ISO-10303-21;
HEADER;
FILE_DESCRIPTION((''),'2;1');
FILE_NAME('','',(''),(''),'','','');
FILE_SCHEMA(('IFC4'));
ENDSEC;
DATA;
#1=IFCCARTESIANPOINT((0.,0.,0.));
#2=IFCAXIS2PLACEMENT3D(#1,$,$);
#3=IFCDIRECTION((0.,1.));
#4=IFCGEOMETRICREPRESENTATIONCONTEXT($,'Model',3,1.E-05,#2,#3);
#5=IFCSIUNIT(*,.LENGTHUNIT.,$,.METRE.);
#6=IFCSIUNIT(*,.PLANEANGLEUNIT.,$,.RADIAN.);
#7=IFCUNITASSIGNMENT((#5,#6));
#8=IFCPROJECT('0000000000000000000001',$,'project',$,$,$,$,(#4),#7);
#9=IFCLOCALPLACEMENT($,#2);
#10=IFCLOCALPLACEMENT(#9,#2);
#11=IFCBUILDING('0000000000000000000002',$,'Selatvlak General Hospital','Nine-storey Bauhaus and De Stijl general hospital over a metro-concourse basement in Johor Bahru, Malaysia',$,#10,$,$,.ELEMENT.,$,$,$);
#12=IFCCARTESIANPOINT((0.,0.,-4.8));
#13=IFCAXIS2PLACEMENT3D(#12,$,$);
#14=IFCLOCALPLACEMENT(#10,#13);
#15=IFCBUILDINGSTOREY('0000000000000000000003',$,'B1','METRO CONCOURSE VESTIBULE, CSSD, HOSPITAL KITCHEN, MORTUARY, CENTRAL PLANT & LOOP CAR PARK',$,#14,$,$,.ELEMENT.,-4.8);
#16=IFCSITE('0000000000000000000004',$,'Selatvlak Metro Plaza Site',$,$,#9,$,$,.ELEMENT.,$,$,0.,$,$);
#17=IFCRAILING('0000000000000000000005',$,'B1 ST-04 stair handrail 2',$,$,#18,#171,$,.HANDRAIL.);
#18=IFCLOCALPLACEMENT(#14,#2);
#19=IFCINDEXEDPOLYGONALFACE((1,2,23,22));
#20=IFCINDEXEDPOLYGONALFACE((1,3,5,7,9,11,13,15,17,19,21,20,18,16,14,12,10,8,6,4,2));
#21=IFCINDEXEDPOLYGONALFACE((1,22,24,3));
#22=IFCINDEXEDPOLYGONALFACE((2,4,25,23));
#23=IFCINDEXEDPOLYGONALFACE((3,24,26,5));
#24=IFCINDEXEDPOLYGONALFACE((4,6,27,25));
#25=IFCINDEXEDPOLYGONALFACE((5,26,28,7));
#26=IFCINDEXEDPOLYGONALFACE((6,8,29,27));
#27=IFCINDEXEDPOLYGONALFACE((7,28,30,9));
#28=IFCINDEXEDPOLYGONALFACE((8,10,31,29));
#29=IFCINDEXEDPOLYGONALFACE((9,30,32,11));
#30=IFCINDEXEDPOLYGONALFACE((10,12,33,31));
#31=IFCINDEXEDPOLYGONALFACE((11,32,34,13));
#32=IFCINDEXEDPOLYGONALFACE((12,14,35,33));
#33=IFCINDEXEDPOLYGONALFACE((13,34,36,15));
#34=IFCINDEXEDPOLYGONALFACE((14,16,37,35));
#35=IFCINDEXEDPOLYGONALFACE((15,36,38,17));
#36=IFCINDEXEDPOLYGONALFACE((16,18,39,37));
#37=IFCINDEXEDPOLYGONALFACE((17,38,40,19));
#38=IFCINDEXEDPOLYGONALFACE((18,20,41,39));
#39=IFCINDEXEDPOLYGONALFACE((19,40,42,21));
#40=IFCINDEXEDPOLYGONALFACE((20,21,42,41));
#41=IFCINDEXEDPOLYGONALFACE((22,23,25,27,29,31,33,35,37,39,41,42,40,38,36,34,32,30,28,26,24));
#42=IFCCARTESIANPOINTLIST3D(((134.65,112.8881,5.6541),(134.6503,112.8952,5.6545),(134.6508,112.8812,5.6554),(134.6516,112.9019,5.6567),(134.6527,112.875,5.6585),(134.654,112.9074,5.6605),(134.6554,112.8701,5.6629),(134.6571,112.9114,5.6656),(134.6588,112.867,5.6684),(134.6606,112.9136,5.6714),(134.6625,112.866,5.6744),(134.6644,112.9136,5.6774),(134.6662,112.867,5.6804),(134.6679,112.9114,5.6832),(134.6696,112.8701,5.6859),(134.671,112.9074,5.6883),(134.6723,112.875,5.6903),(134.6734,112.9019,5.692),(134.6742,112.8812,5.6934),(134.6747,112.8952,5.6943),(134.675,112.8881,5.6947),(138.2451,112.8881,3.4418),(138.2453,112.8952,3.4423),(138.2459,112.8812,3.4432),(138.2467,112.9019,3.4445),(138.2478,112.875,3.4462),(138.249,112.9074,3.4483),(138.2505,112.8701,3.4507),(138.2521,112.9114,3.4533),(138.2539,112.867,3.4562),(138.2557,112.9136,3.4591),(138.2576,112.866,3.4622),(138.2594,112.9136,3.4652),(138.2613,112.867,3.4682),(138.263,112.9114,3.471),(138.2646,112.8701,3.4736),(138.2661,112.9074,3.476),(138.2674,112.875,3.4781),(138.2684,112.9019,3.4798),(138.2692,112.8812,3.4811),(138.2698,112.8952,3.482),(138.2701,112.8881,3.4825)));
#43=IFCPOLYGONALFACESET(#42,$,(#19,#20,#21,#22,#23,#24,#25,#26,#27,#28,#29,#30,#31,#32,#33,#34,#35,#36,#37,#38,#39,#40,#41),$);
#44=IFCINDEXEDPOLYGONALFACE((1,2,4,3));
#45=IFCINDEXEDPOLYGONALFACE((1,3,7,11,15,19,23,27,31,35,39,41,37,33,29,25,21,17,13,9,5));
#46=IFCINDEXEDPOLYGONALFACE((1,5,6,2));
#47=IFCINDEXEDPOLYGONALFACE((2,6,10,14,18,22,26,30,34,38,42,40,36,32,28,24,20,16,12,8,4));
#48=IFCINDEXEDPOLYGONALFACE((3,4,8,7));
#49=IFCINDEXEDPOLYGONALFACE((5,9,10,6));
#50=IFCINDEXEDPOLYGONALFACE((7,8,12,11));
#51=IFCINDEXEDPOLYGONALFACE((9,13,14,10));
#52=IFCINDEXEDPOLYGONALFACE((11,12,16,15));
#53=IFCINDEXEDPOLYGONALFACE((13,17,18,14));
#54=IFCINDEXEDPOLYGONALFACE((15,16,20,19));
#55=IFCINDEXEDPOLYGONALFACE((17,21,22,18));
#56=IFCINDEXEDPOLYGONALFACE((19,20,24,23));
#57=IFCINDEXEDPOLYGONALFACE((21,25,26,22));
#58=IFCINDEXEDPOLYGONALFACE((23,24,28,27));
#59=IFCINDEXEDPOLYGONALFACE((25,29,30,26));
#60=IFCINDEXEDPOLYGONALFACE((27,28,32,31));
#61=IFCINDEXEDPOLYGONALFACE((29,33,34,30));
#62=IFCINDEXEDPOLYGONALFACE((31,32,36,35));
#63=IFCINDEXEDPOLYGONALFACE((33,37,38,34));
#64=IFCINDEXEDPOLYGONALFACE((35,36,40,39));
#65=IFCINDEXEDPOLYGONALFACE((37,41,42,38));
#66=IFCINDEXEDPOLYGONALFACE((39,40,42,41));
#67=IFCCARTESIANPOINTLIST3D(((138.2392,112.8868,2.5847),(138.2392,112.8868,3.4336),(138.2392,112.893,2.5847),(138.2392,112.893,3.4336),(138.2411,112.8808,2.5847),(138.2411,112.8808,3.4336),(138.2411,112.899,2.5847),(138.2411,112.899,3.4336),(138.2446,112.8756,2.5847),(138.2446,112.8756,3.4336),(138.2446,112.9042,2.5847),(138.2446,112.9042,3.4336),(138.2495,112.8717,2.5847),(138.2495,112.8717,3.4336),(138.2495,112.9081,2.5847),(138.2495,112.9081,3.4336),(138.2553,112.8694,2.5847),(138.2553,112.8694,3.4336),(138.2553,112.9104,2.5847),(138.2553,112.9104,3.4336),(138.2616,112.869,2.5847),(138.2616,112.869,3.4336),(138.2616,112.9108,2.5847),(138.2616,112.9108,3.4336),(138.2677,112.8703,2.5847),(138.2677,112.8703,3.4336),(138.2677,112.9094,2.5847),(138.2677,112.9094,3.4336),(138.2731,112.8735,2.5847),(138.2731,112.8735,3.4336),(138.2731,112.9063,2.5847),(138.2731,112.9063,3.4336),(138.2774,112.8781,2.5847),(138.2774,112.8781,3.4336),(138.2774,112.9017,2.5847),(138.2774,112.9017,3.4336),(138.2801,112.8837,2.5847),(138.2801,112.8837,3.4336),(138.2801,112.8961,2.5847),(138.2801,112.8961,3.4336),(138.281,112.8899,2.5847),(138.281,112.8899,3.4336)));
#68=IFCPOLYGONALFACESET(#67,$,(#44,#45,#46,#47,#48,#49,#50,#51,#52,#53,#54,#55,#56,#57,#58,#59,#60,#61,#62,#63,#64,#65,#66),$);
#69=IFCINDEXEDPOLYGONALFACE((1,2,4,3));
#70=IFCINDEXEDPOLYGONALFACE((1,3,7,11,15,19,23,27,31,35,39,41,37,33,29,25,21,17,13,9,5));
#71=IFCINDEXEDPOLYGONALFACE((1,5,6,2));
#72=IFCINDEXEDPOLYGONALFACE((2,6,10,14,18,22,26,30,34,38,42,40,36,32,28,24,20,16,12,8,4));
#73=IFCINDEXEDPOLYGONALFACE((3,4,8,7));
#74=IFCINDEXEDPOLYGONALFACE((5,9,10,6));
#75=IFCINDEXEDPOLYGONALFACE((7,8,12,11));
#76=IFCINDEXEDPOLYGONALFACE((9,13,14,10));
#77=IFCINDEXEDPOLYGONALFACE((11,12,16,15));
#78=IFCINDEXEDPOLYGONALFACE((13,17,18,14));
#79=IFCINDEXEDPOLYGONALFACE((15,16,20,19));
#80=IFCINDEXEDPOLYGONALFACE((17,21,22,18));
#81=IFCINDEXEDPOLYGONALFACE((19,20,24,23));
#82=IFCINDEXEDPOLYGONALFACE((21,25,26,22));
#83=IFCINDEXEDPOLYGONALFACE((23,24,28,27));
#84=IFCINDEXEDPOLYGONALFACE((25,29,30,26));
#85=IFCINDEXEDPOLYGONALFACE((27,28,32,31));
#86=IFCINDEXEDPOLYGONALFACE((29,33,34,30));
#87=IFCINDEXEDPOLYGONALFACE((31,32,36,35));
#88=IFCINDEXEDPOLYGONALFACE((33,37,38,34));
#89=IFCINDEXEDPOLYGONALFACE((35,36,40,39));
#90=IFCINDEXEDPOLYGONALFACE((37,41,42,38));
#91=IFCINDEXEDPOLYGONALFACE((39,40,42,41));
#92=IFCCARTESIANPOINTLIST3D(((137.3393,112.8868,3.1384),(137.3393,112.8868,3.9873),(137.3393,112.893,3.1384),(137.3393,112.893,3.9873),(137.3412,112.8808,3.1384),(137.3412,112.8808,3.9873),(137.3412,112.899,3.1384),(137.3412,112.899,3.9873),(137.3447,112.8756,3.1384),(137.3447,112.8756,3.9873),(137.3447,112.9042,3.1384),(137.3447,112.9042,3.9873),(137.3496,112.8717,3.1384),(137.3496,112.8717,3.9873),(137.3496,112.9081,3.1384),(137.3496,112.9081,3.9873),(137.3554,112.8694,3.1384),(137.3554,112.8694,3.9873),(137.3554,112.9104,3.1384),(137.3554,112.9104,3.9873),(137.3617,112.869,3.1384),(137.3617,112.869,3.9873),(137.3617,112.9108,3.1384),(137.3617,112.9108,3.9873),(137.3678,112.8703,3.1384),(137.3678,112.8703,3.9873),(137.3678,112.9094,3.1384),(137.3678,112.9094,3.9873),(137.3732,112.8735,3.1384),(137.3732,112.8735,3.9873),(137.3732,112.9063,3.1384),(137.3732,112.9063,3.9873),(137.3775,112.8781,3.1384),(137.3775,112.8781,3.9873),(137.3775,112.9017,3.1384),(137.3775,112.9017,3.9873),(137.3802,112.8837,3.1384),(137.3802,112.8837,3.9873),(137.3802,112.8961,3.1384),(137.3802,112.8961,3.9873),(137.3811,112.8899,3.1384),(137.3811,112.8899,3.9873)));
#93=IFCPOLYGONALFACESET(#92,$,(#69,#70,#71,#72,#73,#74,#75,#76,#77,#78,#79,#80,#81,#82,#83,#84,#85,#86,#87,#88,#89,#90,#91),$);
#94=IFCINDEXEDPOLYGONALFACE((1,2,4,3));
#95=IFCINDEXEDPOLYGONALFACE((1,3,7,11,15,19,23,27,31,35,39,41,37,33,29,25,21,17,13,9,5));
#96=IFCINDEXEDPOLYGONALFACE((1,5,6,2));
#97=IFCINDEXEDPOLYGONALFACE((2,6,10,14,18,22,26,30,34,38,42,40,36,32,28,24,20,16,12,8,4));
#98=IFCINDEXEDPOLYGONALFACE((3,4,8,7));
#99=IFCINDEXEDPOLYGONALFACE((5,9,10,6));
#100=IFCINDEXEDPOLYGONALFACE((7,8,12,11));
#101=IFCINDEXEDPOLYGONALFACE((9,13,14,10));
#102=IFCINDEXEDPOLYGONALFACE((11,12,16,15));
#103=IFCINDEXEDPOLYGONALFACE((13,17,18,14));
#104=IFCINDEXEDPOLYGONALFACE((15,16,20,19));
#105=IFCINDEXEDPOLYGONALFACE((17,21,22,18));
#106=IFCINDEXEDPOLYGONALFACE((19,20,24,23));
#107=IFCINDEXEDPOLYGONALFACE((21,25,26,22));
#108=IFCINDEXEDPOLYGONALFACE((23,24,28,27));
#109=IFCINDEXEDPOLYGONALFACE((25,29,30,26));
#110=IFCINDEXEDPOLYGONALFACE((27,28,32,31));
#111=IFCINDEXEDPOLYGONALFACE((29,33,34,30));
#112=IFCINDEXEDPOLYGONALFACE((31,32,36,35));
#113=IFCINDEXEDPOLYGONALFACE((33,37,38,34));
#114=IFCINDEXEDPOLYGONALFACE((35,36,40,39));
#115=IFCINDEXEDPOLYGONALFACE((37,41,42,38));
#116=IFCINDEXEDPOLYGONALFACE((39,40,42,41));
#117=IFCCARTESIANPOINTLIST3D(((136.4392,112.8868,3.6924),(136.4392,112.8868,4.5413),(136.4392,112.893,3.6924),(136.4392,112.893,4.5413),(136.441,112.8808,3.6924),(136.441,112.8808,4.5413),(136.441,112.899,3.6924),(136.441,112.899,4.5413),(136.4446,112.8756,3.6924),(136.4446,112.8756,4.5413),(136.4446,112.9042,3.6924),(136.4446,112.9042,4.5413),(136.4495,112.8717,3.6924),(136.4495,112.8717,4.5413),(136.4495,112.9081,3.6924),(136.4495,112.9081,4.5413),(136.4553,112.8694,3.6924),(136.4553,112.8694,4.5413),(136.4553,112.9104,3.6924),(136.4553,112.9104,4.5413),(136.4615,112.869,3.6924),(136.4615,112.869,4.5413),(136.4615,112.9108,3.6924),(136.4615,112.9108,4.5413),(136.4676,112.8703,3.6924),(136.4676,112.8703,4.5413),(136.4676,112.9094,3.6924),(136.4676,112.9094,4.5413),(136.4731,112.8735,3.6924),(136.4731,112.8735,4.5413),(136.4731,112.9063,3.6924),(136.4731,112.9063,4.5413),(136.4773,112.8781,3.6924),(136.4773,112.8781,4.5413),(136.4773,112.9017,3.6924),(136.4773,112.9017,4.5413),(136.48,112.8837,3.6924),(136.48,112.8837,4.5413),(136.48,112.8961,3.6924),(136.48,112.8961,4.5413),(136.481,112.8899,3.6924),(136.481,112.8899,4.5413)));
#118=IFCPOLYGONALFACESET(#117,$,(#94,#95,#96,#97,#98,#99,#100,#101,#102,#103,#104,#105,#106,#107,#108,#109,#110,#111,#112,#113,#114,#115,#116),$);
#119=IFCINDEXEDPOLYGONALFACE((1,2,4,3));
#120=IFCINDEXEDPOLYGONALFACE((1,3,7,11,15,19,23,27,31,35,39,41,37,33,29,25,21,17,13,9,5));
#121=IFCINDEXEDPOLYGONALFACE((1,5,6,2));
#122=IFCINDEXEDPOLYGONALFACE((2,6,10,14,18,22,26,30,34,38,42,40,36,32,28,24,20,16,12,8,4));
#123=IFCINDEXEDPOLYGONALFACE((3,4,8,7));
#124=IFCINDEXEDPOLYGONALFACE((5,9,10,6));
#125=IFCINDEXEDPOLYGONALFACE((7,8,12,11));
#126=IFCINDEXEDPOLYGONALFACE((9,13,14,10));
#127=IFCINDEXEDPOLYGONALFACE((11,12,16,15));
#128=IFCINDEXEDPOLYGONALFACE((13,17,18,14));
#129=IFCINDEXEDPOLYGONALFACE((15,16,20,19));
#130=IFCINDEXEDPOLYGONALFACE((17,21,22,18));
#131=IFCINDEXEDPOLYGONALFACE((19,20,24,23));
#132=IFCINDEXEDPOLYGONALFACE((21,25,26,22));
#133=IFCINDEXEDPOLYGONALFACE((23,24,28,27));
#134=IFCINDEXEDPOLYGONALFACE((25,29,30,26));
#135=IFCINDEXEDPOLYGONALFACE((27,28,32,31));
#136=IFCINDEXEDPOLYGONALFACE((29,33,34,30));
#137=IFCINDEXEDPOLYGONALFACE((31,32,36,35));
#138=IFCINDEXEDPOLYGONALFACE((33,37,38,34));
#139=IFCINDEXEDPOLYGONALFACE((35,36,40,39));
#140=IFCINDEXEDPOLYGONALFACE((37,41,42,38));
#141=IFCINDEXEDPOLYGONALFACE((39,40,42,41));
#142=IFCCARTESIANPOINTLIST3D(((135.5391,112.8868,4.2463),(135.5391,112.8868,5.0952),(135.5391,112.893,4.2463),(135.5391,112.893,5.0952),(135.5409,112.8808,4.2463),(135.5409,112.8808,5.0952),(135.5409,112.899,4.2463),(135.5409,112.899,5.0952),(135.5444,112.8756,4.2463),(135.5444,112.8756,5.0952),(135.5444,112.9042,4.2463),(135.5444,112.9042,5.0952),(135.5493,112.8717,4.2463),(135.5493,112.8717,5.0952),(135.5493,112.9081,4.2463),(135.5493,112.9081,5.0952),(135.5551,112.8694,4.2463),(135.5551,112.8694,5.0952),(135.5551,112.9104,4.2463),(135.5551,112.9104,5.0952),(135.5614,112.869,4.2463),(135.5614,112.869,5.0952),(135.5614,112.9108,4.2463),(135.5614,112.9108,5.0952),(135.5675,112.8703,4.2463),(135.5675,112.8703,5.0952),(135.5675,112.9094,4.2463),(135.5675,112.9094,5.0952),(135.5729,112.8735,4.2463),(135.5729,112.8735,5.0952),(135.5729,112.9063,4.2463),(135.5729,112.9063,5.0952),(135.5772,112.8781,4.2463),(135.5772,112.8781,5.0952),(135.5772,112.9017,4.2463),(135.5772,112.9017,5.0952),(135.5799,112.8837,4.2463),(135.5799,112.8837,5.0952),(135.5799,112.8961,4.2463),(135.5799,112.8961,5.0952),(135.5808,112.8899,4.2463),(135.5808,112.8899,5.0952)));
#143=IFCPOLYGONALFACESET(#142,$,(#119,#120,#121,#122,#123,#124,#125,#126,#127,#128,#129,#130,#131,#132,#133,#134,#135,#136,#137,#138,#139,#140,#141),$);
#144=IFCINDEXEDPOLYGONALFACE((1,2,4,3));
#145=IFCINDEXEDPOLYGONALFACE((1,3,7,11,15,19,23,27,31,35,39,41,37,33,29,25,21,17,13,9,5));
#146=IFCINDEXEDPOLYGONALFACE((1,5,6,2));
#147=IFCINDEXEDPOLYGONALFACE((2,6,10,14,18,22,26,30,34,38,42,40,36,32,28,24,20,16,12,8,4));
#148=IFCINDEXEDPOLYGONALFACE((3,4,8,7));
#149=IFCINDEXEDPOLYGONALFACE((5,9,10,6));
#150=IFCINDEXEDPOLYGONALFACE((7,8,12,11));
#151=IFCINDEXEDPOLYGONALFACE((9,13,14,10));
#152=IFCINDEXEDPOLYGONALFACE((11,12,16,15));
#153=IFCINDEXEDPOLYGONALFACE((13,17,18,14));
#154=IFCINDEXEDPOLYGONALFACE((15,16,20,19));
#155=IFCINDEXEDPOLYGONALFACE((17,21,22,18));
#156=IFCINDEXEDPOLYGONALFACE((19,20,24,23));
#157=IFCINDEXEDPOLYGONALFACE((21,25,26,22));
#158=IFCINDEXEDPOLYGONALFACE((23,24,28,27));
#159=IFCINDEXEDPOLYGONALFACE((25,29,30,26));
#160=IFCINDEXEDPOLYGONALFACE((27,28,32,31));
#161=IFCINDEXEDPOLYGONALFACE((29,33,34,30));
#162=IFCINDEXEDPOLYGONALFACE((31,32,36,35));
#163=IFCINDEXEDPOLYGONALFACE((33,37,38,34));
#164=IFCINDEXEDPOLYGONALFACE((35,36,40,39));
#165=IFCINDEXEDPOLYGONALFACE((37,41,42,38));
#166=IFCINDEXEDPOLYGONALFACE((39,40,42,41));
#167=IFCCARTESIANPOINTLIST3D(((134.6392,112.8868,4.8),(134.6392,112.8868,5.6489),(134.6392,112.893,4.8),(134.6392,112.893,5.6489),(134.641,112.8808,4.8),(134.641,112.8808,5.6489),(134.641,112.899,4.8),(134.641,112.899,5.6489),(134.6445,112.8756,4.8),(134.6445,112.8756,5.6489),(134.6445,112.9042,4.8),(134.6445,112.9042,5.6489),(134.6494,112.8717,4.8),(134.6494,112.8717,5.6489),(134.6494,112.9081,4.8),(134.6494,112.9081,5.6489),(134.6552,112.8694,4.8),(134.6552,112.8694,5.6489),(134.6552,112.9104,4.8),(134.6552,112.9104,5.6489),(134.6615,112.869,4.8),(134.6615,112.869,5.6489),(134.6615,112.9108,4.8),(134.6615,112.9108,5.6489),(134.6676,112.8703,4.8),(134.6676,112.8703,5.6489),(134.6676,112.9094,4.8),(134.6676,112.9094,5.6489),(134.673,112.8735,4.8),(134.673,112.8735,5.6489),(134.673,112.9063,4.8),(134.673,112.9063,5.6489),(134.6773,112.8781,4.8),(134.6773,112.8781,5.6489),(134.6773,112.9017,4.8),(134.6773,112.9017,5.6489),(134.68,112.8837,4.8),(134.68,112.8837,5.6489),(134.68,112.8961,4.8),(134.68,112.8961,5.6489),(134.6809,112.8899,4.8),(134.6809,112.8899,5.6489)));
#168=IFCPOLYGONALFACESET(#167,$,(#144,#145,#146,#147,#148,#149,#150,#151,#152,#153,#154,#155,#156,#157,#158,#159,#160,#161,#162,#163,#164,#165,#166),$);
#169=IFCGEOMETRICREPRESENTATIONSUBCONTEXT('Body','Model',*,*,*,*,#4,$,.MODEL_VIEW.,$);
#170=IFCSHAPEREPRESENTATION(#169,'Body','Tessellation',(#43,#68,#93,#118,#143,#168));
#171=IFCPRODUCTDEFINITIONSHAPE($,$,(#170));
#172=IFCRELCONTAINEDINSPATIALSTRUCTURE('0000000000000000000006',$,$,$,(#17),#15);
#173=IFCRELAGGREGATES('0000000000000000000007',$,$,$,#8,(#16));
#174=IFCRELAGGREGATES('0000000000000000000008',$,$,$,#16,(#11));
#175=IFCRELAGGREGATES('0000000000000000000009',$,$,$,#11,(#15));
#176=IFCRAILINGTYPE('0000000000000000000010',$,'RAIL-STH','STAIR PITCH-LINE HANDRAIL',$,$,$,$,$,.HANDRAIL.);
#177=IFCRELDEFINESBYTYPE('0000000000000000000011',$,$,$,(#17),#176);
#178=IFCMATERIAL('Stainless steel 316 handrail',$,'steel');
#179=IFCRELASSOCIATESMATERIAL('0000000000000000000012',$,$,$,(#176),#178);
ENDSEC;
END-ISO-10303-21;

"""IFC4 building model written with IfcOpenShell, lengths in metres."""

from ifc_helpers import new_model, si_unit, direction, frame, origin, origin_2d, place, context, subcontext, project, spatial, circle, extrude, material, type_object, element, save


model = new_model("IFC4")

# Units and contexts
model_context = context("Model", 3, precision=1e-05, world=origin(), true_north=direction((0.0, 1.0)))
body_context = subcontext(model_context, "Body", "Model", "MODEL_VIEW")
ifc_project = project(units=[si_unit("LENGTHUNIT", "METRE"), si_unit("PLANEANGLEUNIT", "RADIAN")], contexts=[model_context])

# Site, building, storey
site_placement = place(None, origin())
site = spatial("IfcSite", under=ifc_project, at=site_placement, Name="Selatvlak Metro Plaza Site", CompositionType="ELEMENT", RefElevation=0.0)
building_placement = place(site_placement, origin())
building = spatial("IfcBuilding", under=site, at=building_placement, Name="Selatvlak General Hospital", Description="Nine-storey Bauhaus and De Stijl general hospital over a metro-concourse basement in Johor Bahru, Malaysia", CompositionType="ELEMENT")
storey_placement = place(building_placement, frame((0.0, 0.0, -4.8)))
storey = spatial("IfcBuildingStorey", under=building, at=storey_placement, Name="B1", Description="METRO CONCOURSE VESTIBULE, CSSD, HOSPITAL KITCHEN, MORTUARY, CENTRAL PLANT & LOOP CAR PARK", CompositionType="ELEMENT", Elevation=-4.8)

# Railing
ifc_material_1 = material(Name="Stainless steel 316 handrail", Category="steel")
railing_type_1 = type_object("IfcRailingType", Name="RAIL-STH", Description="STAIR PITCH-LINE HANDRAIL", PredefinedType="HANDRAIL", material=ifc_material_1)
railing_1_placement = place(storey_placement, frame((138.26, 112.8899, 2.5847)))
element("IfcRailing", 1, at=railing_1_placement, inside=storey, type_object=railing_type_1, Name="B1 ST-04 stair handrail 2", PredefinedType="HANDRAIL", context=body_context, shape_type="SweptSolid", body=[
    extrude(circle(Radius=0.0239, at=origin_2d()), frame((-0.0024, 0.0, 0.8774), z_axis=(-0.85167, 0.0, 0.524078), x_axis=(0.0, -1.0, 0.0)), (0.0, 0.0, 1.0), 4.2212),
    extrude(circle(Radius=0.021, at=origin_2d()), origin(), (0.0, 0.0, 1.0), 0.8489),
    extrude(circle(Radius=0.021, at=origin_2d()), frame((-0.8999, 0.0, 0.5537)), (0.0, 0.0, 1.0), 0.8489),
    extrude(circle(Radius=0.021, at=origin_2d()), frame((-1.8, 0.0, 1.1077)), (0.0, 0.0, 1.0), 0.8489),
    extrude(circle(Radius=0.021, at=origin_2d()), frame((-2.7002, 0.0, 1.6616)), (0.0, 0.0, 1.0), 0.8489),
    extrude(circle(Radius=0.021, at=origin_2d()), frame((-3.6001, 0.0, 2.2153)), (0.0, 0.0, 1.0), 0.8489),
])

save(model, "model.ifc")
